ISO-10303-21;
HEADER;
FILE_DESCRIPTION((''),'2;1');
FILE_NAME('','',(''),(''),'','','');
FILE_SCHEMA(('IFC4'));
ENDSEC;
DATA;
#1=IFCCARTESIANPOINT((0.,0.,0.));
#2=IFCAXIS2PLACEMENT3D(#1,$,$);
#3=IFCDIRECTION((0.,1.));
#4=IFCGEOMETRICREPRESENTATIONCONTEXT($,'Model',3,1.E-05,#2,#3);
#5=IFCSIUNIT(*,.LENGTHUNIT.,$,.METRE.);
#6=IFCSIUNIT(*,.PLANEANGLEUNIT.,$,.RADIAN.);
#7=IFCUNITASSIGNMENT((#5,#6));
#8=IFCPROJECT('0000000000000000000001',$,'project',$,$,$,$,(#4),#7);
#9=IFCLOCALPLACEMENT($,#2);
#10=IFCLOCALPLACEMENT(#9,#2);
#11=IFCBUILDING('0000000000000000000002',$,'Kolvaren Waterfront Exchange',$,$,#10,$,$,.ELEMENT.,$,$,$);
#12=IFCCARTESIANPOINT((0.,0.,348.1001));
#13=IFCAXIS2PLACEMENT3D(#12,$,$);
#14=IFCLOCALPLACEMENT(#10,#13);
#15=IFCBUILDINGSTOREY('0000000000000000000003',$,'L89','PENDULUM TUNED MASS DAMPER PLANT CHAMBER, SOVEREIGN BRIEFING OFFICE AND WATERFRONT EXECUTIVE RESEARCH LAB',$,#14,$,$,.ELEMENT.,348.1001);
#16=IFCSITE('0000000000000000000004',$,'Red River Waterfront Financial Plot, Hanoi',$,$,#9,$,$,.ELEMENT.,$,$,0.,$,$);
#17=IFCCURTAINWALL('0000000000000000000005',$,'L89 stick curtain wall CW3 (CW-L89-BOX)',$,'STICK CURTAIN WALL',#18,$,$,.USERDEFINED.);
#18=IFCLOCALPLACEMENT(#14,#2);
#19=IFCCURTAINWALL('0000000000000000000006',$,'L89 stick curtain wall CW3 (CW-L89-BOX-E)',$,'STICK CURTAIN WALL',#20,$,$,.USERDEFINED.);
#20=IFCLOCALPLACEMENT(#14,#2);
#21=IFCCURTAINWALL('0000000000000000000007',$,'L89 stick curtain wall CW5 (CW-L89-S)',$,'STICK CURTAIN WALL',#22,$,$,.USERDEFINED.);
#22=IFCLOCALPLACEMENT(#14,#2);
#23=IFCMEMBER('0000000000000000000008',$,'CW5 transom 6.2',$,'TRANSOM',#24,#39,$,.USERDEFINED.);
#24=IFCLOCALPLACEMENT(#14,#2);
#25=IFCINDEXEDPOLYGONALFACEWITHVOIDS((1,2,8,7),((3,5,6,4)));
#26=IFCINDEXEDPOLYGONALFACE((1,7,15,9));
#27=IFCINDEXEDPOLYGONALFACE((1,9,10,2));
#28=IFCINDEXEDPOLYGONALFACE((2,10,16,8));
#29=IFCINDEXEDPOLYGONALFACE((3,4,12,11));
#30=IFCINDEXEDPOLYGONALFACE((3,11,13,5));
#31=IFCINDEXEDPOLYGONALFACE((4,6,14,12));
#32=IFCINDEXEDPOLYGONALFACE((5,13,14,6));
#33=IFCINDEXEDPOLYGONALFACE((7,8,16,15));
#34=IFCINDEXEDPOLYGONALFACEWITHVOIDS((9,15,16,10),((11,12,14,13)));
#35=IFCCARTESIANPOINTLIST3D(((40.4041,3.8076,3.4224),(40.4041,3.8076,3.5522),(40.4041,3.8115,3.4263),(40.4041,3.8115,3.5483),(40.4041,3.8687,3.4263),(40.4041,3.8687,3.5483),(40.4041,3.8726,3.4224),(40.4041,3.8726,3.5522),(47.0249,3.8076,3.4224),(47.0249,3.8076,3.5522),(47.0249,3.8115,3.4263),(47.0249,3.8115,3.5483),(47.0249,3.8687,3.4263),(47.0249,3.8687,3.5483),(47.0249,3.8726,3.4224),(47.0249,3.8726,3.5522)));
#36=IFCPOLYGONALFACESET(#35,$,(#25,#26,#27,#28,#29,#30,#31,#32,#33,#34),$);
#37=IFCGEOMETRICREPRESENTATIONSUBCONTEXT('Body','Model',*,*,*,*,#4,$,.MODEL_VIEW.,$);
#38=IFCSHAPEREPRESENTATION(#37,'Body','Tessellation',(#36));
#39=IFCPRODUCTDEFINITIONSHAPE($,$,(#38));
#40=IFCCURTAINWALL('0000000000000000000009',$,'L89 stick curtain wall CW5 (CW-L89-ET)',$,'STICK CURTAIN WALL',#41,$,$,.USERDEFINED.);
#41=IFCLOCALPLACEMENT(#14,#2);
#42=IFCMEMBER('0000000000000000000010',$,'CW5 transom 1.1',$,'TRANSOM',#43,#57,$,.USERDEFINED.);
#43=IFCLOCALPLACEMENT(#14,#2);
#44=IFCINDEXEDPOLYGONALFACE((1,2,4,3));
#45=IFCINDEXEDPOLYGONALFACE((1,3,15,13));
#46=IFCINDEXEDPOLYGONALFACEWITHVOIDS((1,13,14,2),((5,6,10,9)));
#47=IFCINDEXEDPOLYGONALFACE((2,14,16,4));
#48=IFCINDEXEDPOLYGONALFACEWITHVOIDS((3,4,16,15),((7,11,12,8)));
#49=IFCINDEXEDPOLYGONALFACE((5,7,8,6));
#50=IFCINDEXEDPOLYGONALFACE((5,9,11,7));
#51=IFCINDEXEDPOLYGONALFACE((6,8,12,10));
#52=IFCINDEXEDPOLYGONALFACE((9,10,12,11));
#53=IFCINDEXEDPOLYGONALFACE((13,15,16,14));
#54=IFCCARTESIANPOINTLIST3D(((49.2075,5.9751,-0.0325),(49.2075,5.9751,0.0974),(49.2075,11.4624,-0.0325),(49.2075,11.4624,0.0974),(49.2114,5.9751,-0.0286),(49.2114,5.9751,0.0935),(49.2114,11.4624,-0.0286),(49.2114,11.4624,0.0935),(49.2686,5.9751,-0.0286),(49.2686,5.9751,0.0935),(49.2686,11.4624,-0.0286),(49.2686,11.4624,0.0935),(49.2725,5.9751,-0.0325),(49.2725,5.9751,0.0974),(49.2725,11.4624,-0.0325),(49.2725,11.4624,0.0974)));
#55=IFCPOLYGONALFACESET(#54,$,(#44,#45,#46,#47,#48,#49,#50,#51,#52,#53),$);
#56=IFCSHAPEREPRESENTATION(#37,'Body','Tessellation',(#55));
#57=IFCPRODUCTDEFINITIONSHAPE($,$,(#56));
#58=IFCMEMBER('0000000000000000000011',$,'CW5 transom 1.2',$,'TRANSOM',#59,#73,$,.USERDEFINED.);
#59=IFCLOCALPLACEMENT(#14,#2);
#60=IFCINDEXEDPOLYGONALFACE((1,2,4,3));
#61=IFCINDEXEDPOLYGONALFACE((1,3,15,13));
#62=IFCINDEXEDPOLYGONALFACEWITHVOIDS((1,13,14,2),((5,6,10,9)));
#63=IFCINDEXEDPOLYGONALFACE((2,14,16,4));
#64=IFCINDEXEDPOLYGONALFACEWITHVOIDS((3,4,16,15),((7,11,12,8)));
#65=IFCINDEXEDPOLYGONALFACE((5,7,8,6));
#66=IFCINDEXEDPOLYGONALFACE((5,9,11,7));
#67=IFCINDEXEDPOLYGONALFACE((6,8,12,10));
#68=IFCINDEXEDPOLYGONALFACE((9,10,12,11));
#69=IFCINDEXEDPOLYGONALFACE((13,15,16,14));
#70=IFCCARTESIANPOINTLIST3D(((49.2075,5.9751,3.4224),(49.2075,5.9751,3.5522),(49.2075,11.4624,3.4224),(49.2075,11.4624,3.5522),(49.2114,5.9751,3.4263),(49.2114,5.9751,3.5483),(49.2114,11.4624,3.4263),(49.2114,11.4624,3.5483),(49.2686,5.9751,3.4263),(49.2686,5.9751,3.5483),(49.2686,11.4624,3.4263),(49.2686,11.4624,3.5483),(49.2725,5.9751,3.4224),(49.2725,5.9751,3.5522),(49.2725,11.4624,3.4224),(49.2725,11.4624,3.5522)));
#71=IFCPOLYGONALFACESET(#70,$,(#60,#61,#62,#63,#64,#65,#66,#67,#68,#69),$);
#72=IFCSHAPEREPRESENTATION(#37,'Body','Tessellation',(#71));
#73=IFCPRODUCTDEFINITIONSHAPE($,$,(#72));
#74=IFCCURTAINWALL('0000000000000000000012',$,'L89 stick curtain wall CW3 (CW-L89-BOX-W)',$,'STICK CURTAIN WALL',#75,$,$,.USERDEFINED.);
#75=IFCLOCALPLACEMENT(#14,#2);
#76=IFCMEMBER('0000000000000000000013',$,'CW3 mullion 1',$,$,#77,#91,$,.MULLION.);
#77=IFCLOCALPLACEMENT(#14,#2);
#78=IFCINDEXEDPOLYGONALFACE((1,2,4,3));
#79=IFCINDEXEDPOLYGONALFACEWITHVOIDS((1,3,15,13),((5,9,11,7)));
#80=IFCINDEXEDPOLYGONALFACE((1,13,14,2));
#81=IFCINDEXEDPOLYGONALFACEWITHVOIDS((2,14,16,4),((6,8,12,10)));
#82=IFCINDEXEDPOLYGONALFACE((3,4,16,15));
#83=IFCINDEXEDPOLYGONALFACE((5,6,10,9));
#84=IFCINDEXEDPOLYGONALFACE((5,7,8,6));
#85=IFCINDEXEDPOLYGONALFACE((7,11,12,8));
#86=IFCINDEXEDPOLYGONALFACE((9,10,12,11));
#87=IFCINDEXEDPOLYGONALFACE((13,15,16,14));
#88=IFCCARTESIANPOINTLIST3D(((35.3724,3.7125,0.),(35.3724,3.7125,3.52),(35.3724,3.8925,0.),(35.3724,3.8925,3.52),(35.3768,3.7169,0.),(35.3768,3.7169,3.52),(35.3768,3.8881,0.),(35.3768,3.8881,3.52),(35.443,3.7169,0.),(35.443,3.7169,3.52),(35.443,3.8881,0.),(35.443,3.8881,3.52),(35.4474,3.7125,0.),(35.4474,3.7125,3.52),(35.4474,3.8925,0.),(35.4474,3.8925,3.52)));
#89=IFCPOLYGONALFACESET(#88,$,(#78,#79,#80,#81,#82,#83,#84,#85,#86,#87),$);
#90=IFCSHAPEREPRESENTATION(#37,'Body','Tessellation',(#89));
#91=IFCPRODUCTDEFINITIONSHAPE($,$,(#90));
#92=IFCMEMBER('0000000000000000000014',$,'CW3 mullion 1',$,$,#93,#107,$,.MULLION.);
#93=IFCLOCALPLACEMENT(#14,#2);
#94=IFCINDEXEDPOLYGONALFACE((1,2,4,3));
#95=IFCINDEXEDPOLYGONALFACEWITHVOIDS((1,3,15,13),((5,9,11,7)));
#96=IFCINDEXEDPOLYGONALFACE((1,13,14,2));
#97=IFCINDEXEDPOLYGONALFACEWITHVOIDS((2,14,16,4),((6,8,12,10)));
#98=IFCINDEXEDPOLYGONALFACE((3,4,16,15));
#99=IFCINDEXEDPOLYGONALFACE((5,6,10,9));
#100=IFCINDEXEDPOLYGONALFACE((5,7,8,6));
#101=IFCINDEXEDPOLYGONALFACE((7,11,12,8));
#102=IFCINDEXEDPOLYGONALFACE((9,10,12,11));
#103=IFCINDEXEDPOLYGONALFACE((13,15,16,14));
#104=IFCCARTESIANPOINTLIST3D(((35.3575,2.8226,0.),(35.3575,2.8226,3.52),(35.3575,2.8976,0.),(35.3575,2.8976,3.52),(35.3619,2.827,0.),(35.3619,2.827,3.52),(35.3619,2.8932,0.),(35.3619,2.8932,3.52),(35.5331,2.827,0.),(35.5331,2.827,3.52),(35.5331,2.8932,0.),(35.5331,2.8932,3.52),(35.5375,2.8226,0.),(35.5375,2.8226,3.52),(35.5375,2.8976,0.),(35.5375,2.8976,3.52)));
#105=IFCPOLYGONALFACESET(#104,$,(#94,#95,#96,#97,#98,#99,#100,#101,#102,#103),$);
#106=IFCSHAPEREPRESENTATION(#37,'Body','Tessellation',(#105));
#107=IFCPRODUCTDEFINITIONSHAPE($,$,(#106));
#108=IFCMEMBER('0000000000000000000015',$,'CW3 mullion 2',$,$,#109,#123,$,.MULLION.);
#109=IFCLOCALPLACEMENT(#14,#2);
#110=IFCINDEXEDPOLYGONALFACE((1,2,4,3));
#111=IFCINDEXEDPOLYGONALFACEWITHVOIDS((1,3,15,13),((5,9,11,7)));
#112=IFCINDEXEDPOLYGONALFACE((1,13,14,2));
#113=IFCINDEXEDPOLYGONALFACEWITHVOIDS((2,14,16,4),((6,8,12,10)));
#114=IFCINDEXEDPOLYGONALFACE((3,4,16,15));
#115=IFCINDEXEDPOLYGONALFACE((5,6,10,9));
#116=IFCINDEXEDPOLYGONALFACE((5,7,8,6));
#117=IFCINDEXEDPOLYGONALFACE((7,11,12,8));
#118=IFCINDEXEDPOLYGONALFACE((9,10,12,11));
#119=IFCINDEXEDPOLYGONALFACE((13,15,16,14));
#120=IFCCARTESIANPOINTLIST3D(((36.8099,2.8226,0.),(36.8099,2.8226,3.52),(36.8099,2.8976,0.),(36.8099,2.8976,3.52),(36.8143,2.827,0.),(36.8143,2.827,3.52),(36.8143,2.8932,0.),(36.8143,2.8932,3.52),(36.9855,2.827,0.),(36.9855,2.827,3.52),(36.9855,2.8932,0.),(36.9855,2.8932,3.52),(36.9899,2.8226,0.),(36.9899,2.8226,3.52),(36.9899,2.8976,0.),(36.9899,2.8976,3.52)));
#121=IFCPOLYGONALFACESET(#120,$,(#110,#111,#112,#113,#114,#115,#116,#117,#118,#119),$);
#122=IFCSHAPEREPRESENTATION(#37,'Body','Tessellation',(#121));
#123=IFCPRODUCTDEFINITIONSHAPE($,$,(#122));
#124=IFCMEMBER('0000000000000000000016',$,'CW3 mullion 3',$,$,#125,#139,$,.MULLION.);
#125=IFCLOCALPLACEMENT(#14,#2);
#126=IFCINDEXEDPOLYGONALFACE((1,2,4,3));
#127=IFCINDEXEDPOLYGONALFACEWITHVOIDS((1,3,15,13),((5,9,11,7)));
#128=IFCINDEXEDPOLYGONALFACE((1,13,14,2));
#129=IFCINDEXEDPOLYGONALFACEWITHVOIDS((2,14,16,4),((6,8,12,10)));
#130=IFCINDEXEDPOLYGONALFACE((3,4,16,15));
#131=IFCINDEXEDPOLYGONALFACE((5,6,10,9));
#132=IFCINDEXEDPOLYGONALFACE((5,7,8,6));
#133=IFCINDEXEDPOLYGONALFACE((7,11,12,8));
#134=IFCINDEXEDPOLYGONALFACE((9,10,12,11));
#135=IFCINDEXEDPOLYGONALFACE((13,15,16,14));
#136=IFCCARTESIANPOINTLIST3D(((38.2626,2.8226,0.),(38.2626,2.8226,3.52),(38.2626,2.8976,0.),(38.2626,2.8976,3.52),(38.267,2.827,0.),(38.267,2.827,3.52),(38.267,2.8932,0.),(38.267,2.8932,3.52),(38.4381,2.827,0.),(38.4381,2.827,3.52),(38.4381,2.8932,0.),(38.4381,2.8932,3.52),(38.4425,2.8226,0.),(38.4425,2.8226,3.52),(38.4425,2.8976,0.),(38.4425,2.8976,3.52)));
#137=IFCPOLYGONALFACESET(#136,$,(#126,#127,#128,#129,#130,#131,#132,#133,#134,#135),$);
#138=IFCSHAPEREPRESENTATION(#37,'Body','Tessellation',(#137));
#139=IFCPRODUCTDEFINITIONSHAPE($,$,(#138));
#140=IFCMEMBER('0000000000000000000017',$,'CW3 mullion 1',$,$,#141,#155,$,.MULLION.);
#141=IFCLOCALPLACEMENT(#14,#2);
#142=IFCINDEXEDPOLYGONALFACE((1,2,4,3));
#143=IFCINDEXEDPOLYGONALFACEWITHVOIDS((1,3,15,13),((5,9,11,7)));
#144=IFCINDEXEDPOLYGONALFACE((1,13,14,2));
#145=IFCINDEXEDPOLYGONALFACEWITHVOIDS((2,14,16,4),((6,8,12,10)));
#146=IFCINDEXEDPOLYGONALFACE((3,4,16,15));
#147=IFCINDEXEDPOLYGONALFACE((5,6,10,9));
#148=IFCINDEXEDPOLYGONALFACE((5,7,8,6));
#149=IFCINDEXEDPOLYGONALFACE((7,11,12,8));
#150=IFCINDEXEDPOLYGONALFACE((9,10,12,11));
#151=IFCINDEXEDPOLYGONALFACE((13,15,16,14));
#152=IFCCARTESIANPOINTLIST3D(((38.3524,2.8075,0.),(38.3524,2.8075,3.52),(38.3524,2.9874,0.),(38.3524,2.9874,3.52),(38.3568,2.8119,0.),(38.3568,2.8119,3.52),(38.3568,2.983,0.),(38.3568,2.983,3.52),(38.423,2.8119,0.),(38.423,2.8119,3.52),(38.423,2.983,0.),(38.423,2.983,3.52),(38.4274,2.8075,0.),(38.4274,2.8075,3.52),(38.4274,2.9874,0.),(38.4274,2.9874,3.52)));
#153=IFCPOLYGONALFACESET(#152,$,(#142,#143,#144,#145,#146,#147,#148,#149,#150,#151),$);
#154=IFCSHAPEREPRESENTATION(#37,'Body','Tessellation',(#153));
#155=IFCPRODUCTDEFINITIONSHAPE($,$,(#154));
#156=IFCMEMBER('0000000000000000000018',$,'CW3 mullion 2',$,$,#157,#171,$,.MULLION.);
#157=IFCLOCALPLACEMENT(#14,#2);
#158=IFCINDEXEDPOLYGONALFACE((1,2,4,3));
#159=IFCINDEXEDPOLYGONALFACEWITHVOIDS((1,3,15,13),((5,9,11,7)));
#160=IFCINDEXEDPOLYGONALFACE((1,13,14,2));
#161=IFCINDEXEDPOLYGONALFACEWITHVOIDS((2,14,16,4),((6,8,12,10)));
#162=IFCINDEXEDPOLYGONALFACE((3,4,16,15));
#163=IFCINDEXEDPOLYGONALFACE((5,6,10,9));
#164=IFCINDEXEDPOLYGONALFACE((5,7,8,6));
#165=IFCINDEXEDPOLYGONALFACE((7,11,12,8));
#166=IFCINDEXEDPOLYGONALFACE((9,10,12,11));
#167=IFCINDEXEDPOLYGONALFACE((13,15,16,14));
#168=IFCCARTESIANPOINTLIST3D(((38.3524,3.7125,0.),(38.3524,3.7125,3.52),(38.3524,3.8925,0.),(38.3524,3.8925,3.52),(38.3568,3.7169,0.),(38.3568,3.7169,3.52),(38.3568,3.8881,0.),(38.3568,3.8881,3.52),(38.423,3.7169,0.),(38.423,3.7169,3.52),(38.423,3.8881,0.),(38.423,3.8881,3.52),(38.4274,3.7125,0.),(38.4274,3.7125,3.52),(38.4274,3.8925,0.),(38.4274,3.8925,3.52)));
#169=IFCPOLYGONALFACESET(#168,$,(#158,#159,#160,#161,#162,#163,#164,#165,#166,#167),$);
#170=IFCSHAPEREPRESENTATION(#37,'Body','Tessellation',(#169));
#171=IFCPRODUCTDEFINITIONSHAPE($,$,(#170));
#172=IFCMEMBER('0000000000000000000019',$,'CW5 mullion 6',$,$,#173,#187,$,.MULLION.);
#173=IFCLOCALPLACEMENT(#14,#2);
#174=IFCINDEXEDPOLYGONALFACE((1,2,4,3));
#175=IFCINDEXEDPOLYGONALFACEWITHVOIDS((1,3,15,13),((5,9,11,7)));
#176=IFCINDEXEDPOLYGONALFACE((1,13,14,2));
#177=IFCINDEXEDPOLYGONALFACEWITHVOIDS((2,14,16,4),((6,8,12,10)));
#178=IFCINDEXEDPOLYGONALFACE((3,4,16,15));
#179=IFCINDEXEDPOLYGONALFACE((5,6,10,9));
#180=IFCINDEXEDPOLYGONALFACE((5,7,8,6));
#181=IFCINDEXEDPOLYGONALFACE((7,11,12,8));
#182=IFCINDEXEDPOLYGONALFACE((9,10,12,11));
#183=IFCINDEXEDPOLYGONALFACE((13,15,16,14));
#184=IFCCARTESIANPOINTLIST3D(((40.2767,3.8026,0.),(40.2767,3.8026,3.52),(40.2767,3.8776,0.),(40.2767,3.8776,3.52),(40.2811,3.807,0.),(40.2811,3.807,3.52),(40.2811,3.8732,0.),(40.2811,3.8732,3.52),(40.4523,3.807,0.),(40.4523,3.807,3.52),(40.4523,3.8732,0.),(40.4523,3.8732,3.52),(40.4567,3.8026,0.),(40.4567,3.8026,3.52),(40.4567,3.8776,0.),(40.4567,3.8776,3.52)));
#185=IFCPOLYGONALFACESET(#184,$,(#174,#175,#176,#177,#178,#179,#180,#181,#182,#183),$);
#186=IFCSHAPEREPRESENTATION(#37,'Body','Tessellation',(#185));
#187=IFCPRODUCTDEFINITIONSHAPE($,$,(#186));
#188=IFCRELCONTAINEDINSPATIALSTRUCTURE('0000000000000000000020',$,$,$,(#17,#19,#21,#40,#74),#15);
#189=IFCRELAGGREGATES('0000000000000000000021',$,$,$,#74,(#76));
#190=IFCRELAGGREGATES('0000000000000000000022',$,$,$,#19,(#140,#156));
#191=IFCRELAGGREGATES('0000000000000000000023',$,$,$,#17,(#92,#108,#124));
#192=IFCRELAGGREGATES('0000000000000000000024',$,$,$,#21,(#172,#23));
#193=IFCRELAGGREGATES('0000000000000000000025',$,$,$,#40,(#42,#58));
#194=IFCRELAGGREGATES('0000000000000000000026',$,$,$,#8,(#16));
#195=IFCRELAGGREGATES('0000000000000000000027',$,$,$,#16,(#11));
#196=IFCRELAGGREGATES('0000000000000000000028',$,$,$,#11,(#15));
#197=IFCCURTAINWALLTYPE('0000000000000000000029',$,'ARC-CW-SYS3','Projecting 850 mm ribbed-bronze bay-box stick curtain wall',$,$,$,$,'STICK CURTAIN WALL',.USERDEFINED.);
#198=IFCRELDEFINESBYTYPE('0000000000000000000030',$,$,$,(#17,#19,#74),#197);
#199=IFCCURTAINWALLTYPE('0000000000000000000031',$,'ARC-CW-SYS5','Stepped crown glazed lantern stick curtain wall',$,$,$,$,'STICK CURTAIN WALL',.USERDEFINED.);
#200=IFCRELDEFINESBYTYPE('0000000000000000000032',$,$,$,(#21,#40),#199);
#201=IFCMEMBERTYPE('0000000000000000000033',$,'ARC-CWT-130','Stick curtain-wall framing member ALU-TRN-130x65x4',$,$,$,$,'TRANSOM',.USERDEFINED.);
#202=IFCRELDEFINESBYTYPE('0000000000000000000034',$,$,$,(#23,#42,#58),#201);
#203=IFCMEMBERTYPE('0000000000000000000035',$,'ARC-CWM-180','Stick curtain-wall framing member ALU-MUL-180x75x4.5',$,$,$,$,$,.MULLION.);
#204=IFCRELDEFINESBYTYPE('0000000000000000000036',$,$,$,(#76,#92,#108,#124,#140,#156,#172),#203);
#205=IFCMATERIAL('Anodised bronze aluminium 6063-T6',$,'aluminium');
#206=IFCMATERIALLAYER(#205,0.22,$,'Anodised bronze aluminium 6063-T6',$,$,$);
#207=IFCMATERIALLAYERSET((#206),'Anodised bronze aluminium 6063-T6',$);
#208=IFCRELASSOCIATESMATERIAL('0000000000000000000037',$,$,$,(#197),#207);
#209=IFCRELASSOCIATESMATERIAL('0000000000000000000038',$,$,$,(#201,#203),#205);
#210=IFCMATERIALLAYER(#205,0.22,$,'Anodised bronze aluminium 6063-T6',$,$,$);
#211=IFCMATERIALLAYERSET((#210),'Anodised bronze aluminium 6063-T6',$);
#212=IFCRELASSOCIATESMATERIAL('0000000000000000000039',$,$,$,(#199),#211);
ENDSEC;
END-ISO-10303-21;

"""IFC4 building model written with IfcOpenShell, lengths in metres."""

from ifc_helpers import new_model, si_unit, direction, frame, origin, origin_with_axes, origin_2d, place, context, subcontext, project, spatial, hollow_rectangle, extrude, source, transform, mapped, material, layer, layer_set, material_profile, profile_set, type_object, element, aggregate, save


model = new_model("IFC4")

# Units and contexts
model_context = context("Model", 3, precision=1e-05, world=origin(), true_north=direction((0.0, 1.0)))
body_context = subcontext(model_context, "Body", "Model", "MODEL_VIEW")
ifc_project = project(units=[si_unit("LENGTHUNIT", "METRE"), si_unit("PLANEANGLEUNIT", "RADIAN")], contexts=[model_context])

# Site, building, storey
site_placement = place(None, origin())
site = spatial("IfcSite", under=ifc_project, at=site_placement, Name="Red River Waterfront Financial Plot, Hanoi", CompositionType="ELEMENT", RefElevation=0.0)
building_placement = place(site_placement, origin())
building = spatial("IfcBuilding", under=site, at=building_placement, Name="Kolvaren Waterfront Exchange", CompositionType="ELEMENT")
storey_placement = place(building_placement, frame((0.0, 0.0, 348.1001)))
storey = spatial("IfcBuildingStorey", under=building, at=storey_placement, Name="L89", Description="PENDULUM TUNED MASS DAMPER PLANT CHAMBER, SOVEREIGN BRIEFING OFFICE AND WATERFRONT EXECUTIVE RESEARCH LAB", CompositionType="ELEMENT", Elevation=348.1001)

# Curtain walls, members
ifc_material_1 = material(Name="Anodised bronze aluminium 6063-T6", Category="aluminium")
ifc_layer_1 = layer(ifc_material_1, 0.22, Name="Anodised bronze aluminium 6063-T6")
ifc_layer_set_1 = layer_set([ifc_layer_1], Name="Anodised bronze aluminium 6063-T6")
curtain_wall_type_1 = type_object("IfcCurtainWallType", Name="ARC-CW-SYS3", Description="Projecting 850 mm ribbed-bronze bay-box stick curtain wall", ElementType="STICK CURTAIN WALL", PredefinedType="USERDEFINED", material=ifc_layer_set_1)
curtain_wall_1_placement = place(storey_placement, origin())
curtain_wall_1 = element("IfcCurtainWall", 1, at=curtain_wall_1_placement, inside=storey, type_object=curtain_wall_type_1, Name="L89 stick curtain wall CW3 (CW-L89-BOX)", ObjectType="STICK CURTAIN WALL", PredefinedType="USERDEFINED")
ifc_material_profile_1 = material_profile(ifc_material_1, hollow_rectangle(XDim=0.0649, YDim=0.1299, WallThickness=0.0039, at=origin_2d()), Name="ALU-TRN-130x65x4")
ifc_profile_set_1 = profile_set([ifc_material_profile_1], Name="Anodised bronze aluminium 6063-T6")
member_type_1 = type_object("IfcMemberType", Name="ARC-CWT-130", Description="Stick curtain-wall framing member ALU-TRN-130x65x4", ElementType="TRANSOM", PredefinedType="USERDEFINED", material=ifc_profile_set_1)
curtain_wall_2_placement = place(storey_placement, origin())
curtain_wall_2 = element("IfcCurtainWall", 2, at=curtain_wall_2_placement, inside=storey, type_object=curtain_wall_type_1, Name="L89 stick curtain wall CW3 (CW-L89-BOX-E)", ObjectType="STICK CURTAIN WALL", PredefinedType="USERDEFINED")
ifc_layer_2 = layer(ifc_material_1, 0.22, Name="Anodised bronze aluminium 6063-T6")
ifc_layer_set_2 = layer_set([ifc_layer_2], Name="Anodised bronze aluminium 6063-T6")
curtain_wall_type_2 = type_object("IfcCurtainWallType", Name="ARC-CW-SYS5", Description="Stepped crown glazed lantern stick curtain wall", ElementType="STICK CURTAIN WALL", PredefinedType="USERDEFINED", material=ifc_layer_set_2)
curtain_wall_3_placement = place(storey_placement, origin())
curtain_wall_3 = element("IfcCurtainWall", 3, at=curtain_wall_3_placement, inside=storey, type_object=curtain_wall_type_2, Name="L89 stick curtain wall CW5 (CW-L89-S)", ObjectType="STICK CURTAIN WALL", PredefinedType="USERDEFINED")
shared_shape_1 = source(origin_with_axes(), body_context, "Body", "SweptSolid", [
    extrude(hollow_rectangle(XDim=0.0649, YDim=0.1299, WallThickness=0.0039, at=origin_2d()), origin(), (0.0, 0.0, 1.0), 6.6208),
])
member_1_placement = place(storey_placement, frame((40.4041, 3.8401, 3.4873), z_axis=(1.0, 0.0, 0.0), x_axis=(0.0, 1.0, 0.0)))
member_1 = element("IfcMember", 4, at=member_1_placement, type_object=member_type_1, Name="CW5 transom 6.2", ObjectType="TRANSOM", PredefinedType="USERDEFINED", context=body_context, shape_type="MappedRepresentation", body=[
    mapped(shared_shape_1, transform((0.0, 0.0, 0.0), x_axis=(1.0, 0.0, 0.0), y_axis=(0.0, 1.0, 0.0), z_axis=(0.0, 0.0, 1.0), scale=1.0)),
])
curtain_wall_4_placement = place(storey_placement, origin())
curtain_wall_4 = element("IfcCurtainWall", 5, at=curtain_wall_4_placement, inside=storey, type_object=curtain_wall_type_2, Name="L89 stick curtain wall CW5 (CW-L89-ET)", ObjectType="STICK CURTAIN WALL", PredefinedType="USERDEFINED")
shared_shape_2 = source(origin_with_axes(), body_context, "Body", "SweptSolid", [
    extrude(hollow_rectangle(XDim=0.0649, YDim=0.1299, WallThickness=0.0039, at=origin_2d()), origin(), (0.0, 0.0, 1.0), 5.4873),
])
member_2_placement = place(storey_placement, frame((49.24, 5.9751, 0.0325), z_axis=(0.0, 1.0, 0.0), x_axis=(-1.0, 0.0, 0.0)))
member_2 = element("IfcMember", 6, at=member_2_placement, type_object=member_type_1, Name="CW5 transom 1.1", ObjectType="TRANSOM", PredefinedType="USERDEFINED", context=body_context, shape_type="MappedRepresentation", body=[
    mapped(shared_shape_2, transform((0.0, 0.0, 0.0), x_axis=(1.0, 0.0, 0.0), y_axis=(0.0, 1.0, 0.0), z_axis=(0.0, 0.0, 1.0), scale=1.0)),
])
member_3_placement = place(storey_placement, frame((49.24, 5.9751, 3.4873), z_axis=(0.0, 1.0, 0.0), x_axis=(-1.0, 0.0, 0.0)))
member_3 = element("IfcMember", 7, at=member_3_placement, type_object=member_type_1, Name="CW5 transom 1.2", ObjectType="TRANSOM", PredefinedType="USERDEFINED", context=body_context, shape_type="MappedRepresentation", body=[
    mapped(shared_shape_2, transform((0.0, 0.0, 0.0), x_axis=(1.0, 0.0, 0.0), y_axis=(0.0, 1.0, 0.0), z_axis=(0.0, 0.0, 1.0), scale=1.0)),
])

# Curtain wall, member
curtain_wall_5_placement = place(storey_placement, origin())
curtain_wall_5 = element("IfcCurtainWall", 8, at=curtain_wall_5_placement, inside=storey, type_object=curtain_wall_type_1, Name="L89 stick curtain wall CW3 (CW-L89-BOX-W)", ObjectType="STICK CURTAIN WALL", PredefinedType="USERDEFINED")
ifc_material_profile_2 = material_profile(ifc_material_1, hollow_rectangle(XDim=0.075, YDim=0.1799, WallThickness=0.0044, at=origin_2d()), Name="ALU-MUL-180x75x4.5")
ifc_profile_set_2 = profile_set([ifc_material_profile_2], Name="Anodised bronze aluminium 6063-T6")
member_type_2 = type_object("IfcMemberType", Name="ARC-CWM-180", Description="Stick curtain-wall framing member ALU-MUL-180x75x4.5", PredefinedType="MULLION", material=ifc_profile_set_2)
shared_shape_3 = source(origin_with_axes(), body_context, "Body", "SweptSolid", [
    extrude(hollow_rectangle(XDim=0.075, YDim=0.1799, WallThickness=0.0044, at=origin_2d()), origin(), (0.0, 0.0, 1.0), 3.52),
])
member_4_placement = place(storey_placement, frame((35.4099, 3.8025, 0.0), z_axis=(0.0, 0.0, 1.0), x_axis=(1.0, 0.0, 0.0)))
member_4 = element("IfcMember", 9, at=member_4_placement, type_object=member_type_2, Name="CW3 mullion 1", PredefinedType="MULLION", context=body_context, shape_type="MappedRepresentation", body=[
    mapped(shared_shape_3, transform((0.0, 0.0, 0.0), x_axis=(1.0, 0.0, 0.0), y_axis=(0.0, 1.0, 0.0), z_axis=(0.0, 0.0, 1.0), scale=1.0)),
])
aggregate(curtain_wall_5, [member_4])

# Members
member_5_placement = place(storey_placement, frame((35.4475, 2.8601, 0.0), z_axis=(0.0, 0.0, 1.0), x_axis=(0.0, 1.0, 0.0)))
member_5 = element("IfcMember", 10, at=member_5_placement, type_object=member_type_2, Name="CW3 mullion 1", PredefinedType="MULLION", context=body_context, shape_type="MappedRepresentation", body=[
    mapped(shared_shape_3, transform((0.0, 0.0, 0.0), x_axis=(1.0, 0.0, 0.0), y_axis=(0.0, 1.0, 0.0), z_axis=(0.0, 0.0, 1.0), scale=1.0)),
])
member_6_placement = place(storey_placement, frame((36.8999, 2.8601, 0.0), z_axis=(0.0, 0.0, 1.0), x_axis=(0.0, 1.0, 0.0)))
member_6 = element("IfcMember", 11, at=member_6_placement, type_object=member_type_2, Name="CW3 mullion 2", PredefinedType="MULLION", context=body_context, shape_type="MappedRepresentation", body=[
    mapped(shared_shape_3, transform((0.0, 0.0, 0.0), x_axis=(1.0, 0.0, 0.0), y_axis=(0.0, 1.0, 0.0), z_axis=(0.0, 0.0, 1.0), scale=1.0)),
])
member_7_placement = place(storey_placement, frame((38.3525, 2.8601, 0.0), z_axis=(0.0, 0.0, 1.0), x_axis=(0.0, 1.0, 0.0)))
member_7 = element("IfcMember", 12, at=member_7_placement, type_object=member_type_2, Name="CW3 mullion 3", PredefinedType="MULLION", context=body_context, shape_type="MappedRepresentation", body=[
    mapped(shared_shape_3, transform((0.0, 0.0, 0.0), x_axis=(1.0, 0.0, 0.0), y_axis=(0.0, 1.0, 0.0), z_axis=(0.0, 0.0, 1.0), scale=1.0)),
])
member_8_placement = place(storey_placement, frame((38.3899, 2.8975, 0.0), z_axis=(0.0, 0.0, 1.0), x_axis=(-1.0, 0.0, 0.0)))
member_8 = element("IfcMember", 13, at=member_8_placement, type_object=member_type_2, Name="CW3 mullion 1", PredefinedType="MULLION", context=body_context, shape_type="MappedRepresentation", body=[
    mapped(shared_shape_3, transform((0.0, 0.0, 0.0), x_axis=(1.0, 0.0, 0.0), y_axis=(0.0, 1.0, 0.0), z_axis=(0.0, 0.0, 1.0), scale=1.0)),
])
member_9_placement = place(storey_placement, frame((38.3899, 3.8025, 0.0), z_axis=(0.0, 0.0, 1.0), x_axis=(-1.0, 0.0, 0.0)))
member_9 = element("IfcMember", 14, at=member_9_placement, type_object=member_type_2, Name="CW3 mullion 2", PredefinedType="MULLION", context=body_context, shape_type="MappedRepresentation", body=[
    mapped(shared_shape_3, transform((0.0, 0.0, 0.0), x_axis=(1.0, 0.0, 0.0), y_axis=(0.0, 1.0, 0.0), z_axis=(0.0, 0.0, 1.0), scale=1.0)),
])
member_10_placement = place(storey_placement, frame((40.3667, 3.8401, 0.0), z_axis=(0.0, 0.0, 1.0), x_axis=(0.0, 1.0, 0.0)))
member_10 = element("IfcMember", 15, at=member_10_placement, type_object=member_type_2, Name="CW5 mullion 6", PredefinedType="MULLION", context=body_context, shape_type="MappedRepresentation", body=[
    mapped(shared_shape_3, transform((0.0, 0.0, 0.0), x_axis=(1.0, 0.0, 0.0), y_axis=(0.0, 1.0, 0.0), z_axis=(0.0, 0.0, 1.0), scale=1.0)),
])

aggregate(curtain_wall_2, [member_8, member_9])
aggregate(curtain_wall_1, [member_5, member_6, member_7])
aggregate(curtain_wall_3, [member_10, member_1])
aggregate(curtain_wall_4, [member_2, member_3])

save(model, "model.ifc")
